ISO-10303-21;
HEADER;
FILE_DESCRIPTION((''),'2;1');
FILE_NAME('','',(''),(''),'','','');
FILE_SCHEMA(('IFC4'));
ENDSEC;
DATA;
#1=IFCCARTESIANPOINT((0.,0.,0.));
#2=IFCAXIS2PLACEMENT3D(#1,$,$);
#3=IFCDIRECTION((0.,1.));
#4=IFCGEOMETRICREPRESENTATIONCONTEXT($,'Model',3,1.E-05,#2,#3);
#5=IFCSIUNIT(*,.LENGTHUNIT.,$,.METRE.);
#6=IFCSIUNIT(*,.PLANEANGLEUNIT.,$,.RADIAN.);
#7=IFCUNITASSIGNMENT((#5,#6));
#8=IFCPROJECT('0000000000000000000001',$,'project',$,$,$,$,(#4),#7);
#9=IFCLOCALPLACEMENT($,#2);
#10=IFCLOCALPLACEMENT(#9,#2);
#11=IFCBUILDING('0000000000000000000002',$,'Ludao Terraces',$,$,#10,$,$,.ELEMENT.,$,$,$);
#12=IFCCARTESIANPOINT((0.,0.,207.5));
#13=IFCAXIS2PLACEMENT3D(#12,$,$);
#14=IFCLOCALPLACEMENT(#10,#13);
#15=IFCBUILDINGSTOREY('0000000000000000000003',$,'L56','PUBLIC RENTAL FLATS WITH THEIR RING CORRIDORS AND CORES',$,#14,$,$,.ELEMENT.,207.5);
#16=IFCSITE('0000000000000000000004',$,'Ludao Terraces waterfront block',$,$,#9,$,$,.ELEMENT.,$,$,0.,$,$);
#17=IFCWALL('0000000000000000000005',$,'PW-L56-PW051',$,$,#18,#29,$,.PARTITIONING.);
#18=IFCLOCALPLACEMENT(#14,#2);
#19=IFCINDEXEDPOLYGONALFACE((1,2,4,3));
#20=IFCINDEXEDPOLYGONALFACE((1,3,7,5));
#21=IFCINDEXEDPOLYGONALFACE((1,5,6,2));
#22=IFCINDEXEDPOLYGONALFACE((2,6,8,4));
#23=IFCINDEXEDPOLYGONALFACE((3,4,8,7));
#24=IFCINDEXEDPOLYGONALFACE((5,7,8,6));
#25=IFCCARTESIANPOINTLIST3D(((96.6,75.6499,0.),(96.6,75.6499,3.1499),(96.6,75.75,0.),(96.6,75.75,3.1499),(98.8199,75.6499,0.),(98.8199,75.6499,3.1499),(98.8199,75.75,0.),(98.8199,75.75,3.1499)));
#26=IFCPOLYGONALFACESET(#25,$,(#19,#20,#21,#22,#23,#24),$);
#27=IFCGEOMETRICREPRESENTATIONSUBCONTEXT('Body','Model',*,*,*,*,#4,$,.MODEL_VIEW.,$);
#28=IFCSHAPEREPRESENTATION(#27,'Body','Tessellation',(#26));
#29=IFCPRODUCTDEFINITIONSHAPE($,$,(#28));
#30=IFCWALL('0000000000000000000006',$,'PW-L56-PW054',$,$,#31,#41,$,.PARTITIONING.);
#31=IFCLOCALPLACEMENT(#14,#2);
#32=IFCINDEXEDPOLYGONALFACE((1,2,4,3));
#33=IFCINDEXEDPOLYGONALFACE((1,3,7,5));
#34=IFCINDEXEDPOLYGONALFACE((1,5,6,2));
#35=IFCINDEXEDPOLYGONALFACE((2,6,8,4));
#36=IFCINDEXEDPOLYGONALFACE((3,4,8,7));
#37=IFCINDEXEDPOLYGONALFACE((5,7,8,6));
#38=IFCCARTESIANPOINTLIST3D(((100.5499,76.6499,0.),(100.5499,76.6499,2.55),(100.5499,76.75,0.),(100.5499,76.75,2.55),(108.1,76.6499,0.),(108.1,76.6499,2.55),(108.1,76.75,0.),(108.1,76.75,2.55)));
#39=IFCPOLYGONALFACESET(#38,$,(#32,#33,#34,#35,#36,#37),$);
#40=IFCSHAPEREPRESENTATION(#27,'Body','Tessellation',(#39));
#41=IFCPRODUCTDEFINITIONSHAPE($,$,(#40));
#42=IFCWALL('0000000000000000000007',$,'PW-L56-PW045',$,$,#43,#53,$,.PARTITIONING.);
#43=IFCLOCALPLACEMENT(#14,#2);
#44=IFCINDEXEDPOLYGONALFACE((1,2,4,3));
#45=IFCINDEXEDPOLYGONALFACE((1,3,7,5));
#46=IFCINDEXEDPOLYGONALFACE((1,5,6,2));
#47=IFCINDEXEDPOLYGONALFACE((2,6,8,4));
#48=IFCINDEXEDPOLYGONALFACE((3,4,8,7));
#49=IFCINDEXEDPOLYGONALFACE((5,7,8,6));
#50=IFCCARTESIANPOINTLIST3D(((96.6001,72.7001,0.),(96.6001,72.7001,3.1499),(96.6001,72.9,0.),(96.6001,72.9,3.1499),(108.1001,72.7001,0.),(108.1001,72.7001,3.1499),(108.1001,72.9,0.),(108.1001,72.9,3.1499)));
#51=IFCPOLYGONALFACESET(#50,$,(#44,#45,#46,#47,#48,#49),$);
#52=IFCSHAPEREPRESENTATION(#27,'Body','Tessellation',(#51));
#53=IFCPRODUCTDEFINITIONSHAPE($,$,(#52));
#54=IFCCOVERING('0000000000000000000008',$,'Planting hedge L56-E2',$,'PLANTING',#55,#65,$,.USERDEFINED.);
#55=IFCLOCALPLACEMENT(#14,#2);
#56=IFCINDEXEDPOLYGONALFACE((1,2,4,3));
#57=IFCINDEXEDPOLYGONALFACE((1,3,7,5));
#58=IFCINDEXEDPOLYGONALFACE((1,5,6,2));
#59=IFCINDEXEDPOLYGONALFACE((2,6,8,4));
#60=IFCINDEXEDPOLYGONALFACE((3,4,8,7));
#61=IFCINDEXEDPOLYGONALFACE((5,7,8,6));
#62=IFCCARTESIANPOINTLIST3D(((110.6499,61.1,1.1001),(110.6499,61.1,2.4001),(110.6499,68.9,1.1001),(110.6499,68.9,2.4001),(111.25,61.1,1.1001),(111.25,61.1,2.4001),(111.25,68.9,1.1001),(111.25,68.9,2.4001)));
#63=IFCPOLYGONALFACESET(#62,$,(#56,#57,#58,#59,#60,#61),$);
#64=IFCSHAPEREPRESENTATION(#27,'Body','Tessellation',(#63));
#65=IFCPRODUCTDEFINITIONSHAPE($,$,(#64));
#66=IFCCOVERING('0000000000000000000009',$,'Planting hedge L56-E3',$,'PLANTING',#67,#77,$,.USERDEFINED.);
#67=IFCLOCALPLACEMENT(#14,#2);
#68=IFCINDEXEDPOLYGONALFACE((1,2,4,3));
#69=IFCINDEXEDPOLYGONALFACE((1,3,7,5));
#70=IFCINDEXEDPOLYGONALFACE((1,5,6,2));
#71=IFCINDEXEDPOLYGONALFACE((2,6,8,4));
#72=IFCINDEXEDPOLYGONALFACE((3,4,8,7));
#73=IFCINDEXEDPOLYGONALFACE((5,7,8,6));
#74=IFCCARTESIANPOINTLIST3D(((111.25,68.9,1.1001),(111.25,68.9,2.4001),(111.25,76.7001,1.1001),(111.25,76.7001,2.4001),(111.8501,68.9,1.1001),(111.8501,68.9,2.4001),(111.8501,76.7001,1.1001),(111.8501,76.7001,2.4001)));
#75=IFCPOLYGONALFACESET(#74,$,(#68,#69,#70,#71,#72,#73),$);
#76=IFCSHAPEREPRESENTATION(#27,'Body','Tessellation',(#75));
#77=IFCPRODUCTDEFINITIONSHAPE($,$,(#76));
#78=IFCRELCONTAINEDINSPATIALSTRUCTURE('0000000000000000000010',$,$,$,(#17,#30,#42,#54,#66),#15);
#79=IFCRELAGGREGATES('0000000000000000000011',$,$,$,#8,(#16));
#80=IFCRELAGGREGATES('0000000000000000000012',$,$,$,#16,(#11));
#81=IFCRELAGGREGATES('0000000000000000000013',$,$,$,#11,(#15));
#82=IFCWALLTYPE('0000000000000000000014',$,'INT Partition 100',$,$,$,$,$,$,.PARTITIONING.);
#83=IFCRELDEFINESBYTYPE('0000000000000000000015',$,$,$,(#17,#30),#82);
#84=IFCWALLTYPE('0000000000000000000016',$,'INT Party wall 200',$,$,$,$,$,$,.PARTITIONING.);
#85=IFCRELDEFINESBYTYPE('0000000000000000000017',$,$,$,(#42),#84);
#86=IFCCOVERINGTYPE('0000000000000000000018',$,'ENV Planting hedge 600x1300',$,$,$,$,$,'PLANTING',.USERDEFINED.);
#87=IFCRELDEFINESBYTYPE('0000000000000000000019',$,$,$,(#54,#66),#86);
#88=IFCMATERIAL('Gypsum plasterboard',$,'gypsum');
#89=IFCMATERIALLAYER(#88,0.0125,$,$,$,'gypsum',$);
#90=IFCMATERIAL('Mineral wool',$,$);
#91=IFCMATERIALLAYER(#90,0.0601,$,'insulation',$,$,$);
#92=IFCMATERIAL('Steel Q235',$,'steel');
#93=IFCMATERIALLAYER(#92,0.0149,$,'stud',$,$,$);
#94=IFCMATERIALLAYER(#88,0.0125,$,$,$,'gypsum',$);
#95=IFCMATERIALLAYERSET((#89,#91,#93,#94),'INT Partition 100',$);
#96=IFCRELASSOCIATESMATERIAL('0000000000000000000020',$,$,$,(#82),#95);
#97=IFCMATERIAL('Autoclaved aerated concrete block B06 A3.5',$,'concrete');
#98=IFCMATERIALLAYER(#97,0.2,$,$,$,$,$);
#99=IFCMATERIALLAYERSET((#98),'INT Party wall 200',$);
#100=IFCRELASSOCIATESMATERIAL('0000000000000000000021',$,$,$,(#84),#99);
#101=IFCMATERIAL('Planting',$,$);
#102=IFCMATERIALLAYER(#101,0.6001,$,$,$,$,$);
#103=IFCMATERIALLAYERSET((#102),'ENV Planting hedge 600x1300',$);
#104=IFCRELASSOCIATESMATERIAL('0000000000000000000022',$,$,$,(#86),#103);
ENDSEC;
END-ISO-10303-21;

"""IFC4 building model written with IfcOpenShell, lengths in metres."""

from ifc_helpers import new_model, si_unit, direction, frame, frame_2d, origin, origin_2d, place, context, subcontext, project, spatial, rectangle, extrude, material, layer, layer_set, type_object, element, save


model = new_model("IFC4")

# Units and contexts
model_context = context("Model", 3, precision=1e-05, world=origin(), true_north=direction((0.0, 1.0)))
body_context = subcontext(model_context, "Body", "Model", "MODEL_VIEW")
ifc_project = project(units=[si_unit("LENGTHUNIT", "METRE"), si_unit("PLANEANGLEUNIT", "RADIAN")], contexts=[model_context])

# Site, building, storey
site_placement = place(None, origin())
site = spatial("IfcSite", under=ifc_project, at=site_placement, Name="Ludao Terraces waterfront block", CompositionType="ELEMENT", RefElevation=0.0)
building_placement = place(site_placement, origin())
building = spatial("IfcBuilding", under=site, at=building_placement, Name="Ludao Terraces", CompositionType="ELEMENT")
storey_placement = place(building_placement, frame((0.0, 0.0, 207.5)))
storey = spatial("IfcBuildingStorey", under=building, at=storey_placement, Name="L56", Description="PUBLIC RENTAL FLATS WITH THEIR RING CORRIDORS AND CORES", CompositionType="ELEMENT", Elevation=207.5)

# Shared definitions
ifc_material_1 = material(Name="Mineral wool")

# Walls
ifc_material_2 = material(Name="Gypsum plasterboard", Category="gypsum")
ifc_layer_1 = layer(ifc_material_2, 0.0125, Category="gypsum")
ifc_layer_2 = layer(ifc_material_1, 0.0601, Name="insulation")
ifc_material_3 = material(Name="Steel Q235", Category="steel")
ifc_layer_3 = layer(ifc_material_3, 0.0149, Name="stud")
ifc_layer_4 = layer(ifc_material_2, 0.0125, Category="gypsum")
ifc_layer_set_1 = layer_set([ifc_layer_1, ifc_layer_2, ifc_layer_3, ifc_layer_4], Name="INT Partition 100")
wall_type_1 = type_object("IfcWallType", Name="INT Partition 100", PredefinedType="PARTITIONING", material=ifc_layer_set_1)
wall_1_placement = place(storey_placement, frame((96.6001, 75.7, 0.0), z_axis=(0.0, 0.0, 1.0), x_axis=(1.0, 0.0, 0.0)))
element("IfcWall", 1, at=wall_1_placement, inside=storey, type_object=wall_type_1, Name="PW-L56-PW051", PredefinedType="PARTITIONING", context=body_context, shape_type="SweptSolid", body=[
    extrude(rectangle(XDim=2.22, YDim=0.1001, at=frame_2d((1.1099, 0.0))), origin(), (0.0, 0.0, 1.0), 3.1499),
])
wall_2_placement = place(storey_placement, frame((100.55, 76.7, 0.0), z_axis=(0.0, 0.0, 1.0), x_axis=(1.0, 0.0, 0.0)))
element("IfcWall", 2, at=wall_2_placement, inside=storey, type_object=wall_type_1, Name="PW-L56-PW054", PredefinedType="PARTITIONING", context=body_context, shape_type="SweptSolid", body=[
    extrude(rectangle(XDim=7.55, YDim=0.1001, at=frame_2d((3.7749, 0.0))), origin(), (0.0, 0.0, 1.0), 2.55),
])
ifc_material_4 = material(Name="Autoclaved aerated concrete block B06 A3.5", Category="concrete")
ifc_layer_5 = layer(ifc_material_4, 0.2)
ifc_layer_set_2 = layer_set([ifc_layer_5], Name="INT Party wall 200")
wall_type_2 = type_object("IfcWallType", Name="INT Party wall 200", PredefinedType="PARTITIONING", material=ifc_layer_set_2)
wall_3_placement = place(storey_placement, frame((96.6001, 72.8, 0.0), z_axis=(0.0, 0.0, 1.0), x_axis=(1.0, 0.0, 0.0)))
element("IfcWall", 3, at=wall_3_placement, inside=storey, type_object=wall_type_2, Name="PW-L56-PW045", PredefinedType="PARTITIONING", context=body_context, shape_type="SweptSolid", body=[
    extrude(rectangle(XDim=11.5, YDim=0.2, at=frame_2d((5.75, 0.0))), origin(), (0.0, 0.0, 1.0), 3.1499),
])

# Coverings
ifc_material_5 = material(Name="Planting")
ifc_layer_6 = layer(ifc_material_5, 0.6001)
ifc_layer_set_3 = layer_set([ifc_layer_6], Name="ENV Planting hedge 600x1300")
covering_type = type_object("IfcCoveringType", Name="ENV Planting hedge 600x1300", ElementType="PLANTING", PredefinedType="USERDEFINED", material=ifc_layer_set_3)
for number, where, z_axis, x_axis, name in (
    (4, (110.95, 65.0, 1.1001), (0.0, 0.0, 1.0), (1.0, 0.0, 0.0), "Planting hedge L56-E2"),
    (5, (111.55, 72.8, 1.1001), (0.0, 0.0, 1.0), (1.0, 0.0, 0.0), "Planting hedge L56-E3"),
):
    element("IfcCovering", number, at=place(storey_placement, frame(where, z_axis=z_axis, x_axis=x_axis)), inside=storey, type_object=covering_type, Name=name, ObjectType="PLANTING", PredefinedType="USERDEFINED", context=body_context, shape_type="SweptSolid", body=[
        extrude(rectangle(XDim=0.6001, YDim=7.8, at=origin_2d()), origin(), (0.0, 0.0, 1.0), 1.3),
    ])

save(model, "model.ifc")
